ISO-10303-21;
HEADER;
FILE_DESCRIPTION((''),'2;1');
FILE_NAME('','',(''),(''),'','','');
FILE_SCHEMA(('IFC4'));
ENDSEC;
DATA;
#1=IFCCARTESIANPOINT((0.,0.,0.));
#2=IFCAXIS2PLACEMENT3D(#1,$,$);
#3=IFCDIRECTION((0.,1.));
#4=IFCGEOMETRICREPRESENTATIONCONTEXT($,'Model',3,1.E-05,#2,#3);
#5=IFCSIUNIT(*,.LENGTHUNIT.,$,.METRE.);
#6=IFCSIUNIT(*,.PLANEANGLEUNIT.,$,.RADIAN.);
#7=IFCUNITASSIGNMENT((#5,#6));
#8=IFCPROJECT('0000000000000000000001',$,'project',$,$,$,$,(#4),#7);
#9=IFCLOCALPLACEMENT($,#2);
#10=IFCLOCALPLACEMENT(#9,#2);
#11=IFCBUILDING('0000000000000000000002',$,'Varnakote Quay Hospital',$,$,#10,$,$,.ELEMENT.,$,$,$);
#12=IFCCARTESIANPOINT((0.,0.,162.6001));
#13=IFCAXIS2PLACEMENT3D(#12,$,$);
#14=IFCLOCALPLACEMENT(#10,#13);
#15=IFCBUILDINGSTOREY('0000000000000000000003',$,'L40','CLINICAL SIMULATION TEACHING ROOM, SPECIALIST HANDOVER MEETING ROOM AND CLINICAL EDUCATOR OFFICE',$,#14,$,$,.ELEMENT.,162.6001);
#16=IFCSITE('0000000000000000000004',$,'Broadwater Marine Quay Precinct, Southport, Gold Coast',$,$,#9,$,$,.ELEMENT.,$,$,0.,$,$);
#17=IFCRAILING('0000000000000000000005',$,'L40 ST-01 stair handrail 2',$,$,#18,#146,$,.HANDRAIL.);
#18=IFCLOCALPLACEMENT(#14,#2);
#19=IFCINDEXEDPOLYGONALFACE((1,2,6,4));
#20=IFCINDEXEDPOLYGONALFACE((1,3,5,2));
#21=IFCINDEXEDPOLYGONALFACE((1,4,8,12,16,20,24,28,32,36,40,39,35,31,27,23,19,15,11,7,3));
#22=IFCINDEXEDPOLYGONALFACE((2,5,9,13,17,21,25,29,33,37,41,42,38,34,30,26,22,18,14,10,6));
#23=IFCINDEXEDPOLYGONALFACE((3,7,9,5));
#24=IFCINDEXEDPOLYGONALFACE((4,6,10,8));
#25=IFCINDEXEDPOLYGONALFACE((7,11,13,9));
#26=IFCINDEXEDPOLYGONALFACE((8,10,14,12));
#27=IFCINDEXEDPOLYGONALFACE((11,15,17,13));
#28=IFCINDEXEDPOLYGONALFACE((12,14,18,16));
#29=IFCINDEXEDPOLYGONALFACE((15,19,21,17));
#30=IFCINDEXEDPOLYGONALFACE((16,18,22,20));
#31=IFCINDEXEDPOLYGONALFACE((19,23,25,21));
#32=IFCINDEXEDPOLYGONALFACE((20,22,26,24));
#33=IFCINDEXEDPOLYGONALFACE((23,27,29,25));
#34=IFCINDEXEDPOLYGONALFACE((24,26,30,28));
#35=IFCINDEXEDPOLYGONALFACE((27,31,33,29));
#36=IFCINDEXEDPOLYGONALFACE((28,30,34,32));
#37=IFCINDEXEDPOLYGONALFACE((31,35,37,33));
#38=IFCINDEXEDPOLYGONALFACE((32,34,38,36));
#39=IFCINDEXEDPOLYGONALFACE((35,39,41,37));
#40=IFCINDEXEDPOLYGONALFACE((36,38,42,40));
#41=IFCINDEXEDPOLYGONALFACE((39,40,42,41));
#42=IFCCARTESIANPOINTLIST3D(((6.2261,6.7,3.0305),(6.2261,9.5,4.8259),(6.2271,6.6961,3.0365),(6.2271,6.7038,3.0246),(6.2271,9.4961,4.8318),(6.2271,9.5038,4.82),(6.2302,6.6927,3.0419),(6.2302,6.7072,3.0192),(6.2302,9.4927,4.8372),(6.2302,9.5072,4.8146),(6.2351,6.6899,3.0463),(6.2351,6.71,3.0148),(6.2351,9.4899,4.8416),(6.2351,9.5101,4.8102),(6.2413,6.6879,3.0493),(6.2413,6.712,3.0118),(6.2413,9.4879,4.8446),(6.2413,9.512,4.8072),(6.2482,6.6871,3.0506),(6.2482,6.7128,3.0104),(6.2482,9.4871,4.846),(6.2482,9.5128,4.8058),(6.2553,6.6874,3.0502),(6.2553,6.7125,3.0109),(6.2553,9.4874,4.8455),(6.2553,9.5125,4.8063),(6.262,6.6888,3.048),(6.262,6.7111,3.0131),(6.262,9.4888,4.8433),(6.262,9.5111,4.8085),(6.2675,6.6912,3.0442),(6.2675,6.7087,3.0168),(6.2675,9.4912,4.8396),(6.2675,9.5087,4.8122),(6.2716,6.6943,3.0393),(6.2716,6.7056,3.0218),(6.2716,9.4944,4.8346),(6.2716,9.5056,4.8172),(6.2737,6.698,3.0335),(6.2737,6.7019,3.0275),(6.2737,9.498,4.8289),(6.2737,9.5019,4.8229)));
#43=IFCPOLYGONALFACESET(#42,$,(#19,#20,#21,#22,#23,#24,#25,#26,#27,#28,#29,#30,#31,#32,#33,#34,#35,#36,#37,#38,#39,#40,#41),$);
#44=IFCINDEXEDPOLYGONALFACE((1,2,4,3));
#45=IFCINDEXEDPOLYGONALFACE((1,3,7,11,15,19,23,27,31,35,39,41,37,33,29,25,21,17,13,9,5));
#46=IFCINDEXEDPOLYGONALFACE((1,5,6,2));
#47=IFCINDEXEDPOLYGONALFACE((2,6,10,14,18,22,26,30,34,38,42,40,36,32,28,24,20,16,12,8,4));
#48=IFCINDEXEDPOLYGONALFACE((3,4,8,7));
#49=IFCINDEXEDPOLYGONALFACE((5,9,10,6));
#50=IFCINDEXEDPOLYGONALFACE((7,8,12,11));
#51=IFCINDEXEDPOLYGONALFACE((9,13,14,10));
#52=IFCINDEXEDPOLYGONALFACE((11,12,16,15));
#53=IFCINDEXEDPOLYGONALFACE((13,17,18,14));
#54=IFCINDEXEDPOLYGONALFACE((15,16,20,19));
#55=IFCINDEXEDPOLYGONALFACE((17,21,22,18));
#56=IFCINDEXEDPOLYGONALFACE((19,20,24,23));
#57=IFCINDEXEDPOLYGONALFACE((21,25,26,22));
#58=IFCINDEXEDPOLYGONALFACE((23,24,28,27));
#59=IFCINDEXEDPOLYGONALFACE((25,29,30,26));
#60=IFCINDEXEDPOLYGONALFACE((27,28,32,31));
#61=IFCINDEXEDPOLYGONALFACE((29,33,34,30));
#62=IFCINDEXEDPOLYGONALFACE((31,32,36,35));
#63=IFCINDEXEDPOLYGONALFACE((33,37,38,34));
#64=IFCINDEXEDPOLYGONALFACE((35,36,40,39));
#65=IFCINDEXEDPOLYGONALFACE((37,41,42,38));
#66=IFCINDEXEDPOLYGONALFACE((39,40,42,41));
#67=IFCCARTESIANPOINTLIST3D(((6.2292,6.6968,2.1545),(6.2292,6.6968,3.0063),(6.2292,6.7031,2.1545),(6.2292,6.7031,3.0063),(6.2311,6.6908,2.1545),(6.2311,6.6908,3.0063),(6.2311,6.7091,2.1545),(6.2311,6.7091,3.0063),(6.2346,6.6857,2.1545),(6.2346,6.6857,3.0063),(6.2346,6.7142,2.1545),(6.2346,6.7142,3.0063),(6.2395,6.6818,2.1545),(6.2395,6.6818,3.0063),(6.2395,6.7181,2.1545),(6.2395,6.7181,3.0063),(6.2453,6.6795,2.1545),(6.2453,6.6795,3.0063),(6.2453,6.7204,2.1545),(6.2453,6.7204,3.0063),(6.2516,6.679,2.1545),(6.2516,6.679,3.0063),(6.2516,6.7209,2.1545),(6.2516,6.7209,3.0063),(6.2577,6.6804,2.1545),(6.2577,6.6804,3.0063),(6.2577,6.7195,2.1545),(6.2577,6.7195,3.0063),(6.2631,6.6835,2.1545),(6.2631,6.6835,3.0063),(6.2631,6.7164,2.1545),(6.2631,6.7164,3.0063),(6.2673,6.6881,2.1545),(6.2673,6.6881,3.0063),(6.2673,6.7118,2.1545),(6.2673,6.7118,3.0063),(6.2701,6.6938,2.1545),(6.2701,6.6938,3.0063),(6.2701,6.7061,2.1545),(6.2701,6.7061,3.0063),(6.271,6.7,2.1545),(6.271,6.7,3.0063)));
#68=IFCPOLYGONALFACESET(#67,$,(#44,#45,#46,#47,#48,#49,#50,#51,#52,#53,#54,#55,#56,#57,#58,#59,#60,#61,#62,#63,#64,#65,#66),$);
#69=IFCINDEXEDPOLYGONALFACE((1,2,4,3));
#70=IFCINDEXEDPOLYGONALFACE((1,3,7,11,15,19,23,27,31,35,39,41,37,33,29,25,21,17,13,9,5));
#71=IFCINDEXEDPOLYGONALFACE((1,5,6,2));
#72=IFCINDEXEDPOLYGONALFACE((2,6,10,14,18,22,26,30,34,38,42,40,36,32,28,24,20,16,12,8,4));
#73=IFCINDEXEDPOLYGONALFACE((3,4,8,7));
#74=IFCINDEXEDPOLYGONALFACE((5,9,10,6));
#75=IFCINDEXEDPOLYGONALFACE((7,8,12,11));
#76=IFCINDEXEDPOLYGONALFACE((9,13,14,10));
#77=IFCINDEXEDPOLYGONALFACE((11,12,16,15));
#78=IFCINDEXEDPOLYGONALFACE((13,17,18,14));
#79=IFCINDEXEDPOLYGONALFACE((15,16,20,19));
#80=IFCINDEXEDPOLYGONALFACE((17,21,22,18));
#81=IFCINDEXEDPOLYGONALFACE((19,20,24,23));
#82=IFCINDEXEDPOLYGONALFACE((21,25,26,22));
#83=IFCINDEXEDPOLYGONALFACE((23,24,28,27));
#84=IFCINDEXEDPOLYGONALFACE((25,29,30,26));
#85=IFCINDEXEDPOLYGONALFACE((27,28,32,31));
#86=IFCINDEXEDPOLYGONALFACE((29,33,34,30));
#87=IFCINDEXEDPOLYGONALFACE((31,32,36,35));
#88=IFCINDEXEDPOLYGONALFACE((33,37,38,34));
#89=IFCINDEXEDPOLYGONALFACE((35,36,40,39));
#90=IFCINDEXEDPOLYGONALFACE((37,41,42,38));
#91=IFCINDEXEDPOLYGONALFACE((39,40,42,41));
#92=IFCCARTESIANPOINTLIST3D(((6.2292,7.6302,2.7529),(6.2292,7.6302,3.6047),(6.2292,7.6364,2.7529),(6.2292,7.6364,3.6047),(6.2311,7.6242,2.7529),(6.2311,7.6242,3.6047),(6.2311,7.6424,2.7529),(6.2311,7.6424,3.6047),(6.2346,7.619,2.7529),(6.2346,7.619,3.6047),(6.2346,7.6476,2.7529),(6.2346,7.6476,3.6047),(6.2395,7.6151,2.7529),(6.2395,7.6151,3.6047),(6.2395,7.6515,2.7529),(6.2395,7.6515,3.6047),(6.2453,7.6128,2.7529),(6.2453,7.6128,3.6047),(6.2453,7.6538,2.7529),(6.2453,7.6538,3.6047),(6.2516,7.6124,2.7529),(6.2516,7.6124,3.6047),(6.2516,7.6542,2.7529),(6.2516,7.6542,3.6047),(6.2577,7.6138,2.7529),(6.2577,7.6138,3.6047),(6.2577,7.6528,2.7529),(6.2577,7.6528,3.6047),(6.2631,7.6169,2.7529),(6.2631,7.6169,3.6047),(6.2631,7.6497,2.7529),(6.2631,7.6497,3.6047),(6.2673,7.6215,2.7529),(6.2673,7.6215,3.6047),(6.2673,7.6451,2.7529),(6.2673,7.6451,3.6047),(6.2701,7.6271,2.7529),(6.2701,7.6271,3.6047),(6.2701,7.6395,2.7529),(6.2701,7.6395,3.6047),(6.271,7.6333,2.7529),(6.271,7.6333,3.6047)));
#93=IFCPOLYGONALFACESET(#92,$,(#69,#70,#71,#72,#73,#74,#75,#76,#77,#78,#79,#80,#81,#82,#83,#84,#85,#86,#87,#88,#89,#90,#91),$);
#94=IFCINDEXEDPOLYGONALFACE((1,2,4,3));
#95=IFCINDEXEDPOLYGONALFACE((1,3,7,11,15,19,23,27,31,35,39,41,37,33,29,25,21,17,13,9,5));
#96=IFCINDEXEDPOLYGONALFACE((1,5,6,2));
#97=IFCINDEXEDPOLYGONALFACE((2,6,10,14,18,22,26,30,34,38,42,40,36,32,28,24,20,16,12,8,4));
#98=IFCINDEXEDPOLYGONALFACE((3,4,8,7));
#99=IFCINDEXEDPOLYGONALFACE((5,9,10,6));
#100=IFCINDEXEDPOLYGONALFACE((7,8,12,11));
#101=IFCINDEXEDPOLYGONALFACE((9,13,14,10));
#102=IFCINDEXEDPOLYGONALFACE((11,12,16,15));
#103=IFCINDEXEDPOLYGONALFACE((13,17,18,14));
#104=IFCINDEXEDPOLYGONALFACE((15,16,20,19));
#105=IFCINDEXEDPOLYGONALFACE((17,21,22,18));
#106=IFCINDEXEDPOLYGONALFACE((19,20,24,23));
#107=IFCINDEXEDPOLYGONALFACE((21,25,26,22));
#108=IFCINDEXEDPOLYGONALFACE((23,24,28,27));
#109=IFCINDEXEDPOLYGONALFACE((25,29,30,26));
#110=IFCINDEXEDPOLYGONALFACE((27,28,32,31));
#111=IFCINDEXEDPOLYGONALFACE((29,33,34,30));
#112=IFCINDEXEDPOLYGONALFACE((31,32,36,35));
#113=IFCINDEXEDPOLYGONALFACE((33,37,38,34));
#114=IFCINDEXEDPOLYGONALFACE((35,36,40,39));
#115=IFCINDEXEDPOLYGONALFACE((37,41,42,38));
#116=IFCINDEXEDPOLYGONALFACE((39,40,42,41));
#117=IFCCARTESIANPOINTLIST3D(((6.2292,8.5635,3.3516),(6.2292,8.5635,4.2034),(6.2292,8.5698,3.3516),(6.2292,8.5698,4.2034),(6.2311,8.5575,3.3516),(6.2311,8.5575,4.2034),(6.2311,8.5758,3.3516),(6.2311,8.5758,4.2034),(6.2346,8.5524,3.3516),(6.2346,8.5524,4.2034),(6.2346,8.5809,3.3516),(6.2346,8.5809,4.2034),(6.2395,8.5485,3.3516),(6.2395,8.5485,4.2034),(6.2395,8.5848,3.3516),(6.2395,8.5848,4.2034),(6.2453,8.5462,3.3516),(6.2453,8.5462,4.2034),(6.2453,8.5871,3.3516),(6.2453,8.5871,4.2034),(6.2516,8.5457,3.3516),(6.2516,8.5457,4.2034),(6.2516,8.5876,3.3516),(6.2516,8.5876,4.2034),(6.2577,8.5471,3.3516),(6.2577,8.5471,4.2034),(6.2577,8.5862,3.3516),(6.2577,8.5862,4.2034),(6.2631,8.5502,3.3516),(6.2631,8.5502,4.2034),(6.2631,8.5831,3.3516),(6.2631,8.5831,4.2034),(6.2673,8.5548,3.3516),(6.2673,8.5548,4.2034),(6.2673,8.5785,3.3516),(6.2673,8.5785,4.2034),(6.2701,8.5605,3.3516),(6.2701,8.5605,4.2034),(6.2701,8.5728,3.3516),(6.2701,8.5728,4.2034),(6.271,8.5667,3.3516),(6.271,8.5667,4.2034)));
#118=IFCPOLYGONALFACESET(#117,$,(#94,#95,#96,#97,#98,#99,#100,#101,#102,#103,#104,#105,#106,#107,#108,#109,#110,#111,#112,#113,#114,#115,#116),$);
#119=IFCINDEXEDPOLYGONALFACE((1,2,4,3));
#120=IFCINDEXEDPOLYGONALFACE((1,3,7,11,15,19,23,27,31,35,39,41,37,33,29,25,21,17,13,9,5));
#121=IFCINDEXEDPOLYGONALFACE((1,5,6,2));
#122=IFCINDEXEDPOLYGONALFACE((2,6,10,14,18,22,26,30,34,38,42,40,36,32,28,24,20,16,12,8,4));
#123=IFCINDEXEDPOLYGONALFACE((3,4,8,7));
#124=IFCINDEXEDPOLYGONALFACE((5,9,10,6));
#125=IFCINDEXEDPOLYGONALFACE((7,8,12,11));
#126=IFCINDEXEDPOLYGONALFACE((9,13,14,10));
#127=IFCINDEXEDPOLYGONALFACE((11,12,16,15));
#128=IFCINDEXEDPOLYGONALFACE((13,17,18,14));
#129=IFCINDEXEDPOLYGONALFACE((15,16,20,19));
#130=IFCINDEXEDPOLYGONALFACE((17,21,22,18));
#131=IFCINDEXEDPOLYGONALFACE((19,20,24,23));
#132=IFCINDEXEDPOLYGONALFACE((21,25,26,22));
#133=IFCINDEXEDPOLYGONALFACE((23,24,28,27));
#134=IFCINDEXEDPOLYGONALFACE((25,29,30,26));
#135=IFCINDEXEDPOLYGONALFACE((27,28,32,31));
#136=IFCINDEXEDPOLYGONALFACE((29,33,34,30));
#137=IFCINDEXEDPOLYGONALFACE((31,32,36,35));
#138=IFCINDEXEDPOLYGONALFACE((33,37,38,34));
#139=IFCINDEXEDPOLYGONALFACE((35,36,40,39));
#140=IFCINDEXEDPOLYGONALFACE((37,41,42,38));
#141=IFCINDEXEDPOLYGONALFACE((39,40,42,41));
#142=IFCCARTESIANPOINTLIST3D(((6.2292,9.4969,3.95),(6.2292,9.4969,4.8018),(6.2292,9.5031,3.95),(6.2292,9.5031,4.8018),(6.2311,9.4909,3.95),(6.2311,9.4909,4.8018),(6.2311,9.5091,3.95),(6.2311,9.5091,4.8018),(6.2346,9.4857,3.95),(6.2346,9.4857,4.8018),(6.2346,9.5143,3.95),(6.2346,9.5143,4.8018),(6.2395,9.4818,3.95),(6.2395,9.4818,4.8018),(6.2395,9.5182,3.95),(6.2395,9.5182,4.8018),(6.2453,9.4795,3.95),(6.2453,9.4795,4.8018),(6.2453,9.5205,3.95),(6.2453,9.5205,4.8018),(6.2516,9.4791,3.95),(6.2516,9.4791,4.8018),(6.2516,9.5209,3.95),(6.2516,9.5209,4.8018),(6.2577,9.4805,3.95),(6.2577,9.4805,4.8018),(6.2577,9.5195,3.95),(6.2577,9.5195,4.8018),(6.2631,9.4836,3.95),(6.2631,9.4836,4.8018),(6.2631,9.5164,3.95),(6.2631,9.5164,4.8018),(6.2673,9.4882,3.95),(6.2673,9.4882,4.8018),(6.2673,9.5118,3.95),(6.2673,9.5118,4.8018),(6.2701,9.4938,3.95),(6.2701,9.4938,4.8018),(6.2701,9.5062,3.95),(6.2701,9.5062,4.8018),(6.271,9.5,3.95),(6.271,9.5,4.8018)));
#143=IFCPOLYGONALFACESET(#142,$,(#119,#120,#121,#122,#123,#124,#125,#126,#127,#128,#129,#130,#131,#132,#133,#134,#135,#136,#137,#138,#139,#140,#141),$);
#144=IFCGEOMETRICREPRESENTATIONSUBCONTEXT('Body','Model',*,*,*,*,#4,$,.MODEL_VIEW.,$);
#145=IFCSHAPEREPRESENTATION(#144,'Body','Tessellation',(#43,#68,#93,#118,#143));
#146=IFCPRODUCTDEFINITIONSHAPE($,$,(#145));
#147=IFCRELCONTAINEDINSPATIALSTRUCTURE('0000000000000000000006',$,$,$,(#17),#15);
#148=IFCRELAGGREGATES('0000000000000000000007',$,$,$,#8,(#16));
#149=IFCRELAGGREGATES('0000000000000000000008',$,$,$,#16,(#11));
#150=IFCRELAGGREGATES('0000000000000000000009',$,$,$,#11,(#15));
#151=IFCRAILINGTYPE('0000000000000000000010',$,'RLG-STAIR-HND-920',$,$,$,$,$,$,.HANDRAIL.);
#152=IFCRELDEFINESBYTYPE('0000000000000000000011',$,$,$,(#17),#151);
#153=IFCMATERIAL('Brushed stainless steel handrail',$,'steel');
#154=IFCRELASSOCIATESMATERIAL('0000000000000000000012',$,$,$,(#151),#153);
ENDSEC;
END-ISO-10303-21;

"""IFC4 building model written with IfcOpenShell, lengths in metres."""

from ifc_helpers import new_model, si_unit, direction, frame, origin, origin_2d, place, context, subcontext, project, spatial, circle, extrude, material, type_object, element, save


model = new_model("IFC4")

# Units and contexts
model_context = context("Model", 3, precision=1e-05, world=origin(), true_north=direction((0.0, 1.0)))
body_context = subcontext(model_context, "Body", "Model", "MODEL_VIEW")
ifc_project = project(units=[si_unit("LENGTHUNIT", "METRE"), si_unit("PLANEANGLEUNIT", "RADIAN")], contexts=[model_context])

# Site, building, storey
site_placement = place(None, origin())
site = spatial("IfcSite", under=ifc_project, at=site_placement, Name="Broadwater Marine Quay Precinct, Southport, Gold Coast", CompositionType="ELEMENT", RefElevation=0.0)
building_placement = place(site_placement, origin())
building = spatial("IfcBuilding", under=site, at=building_placement, Name="Varnakote Quay Hospital", CompositionType="ELEMENT")
storey_placement = place(building_placement, frame((0.0, 0.0, 162.6001)))
storey = spatial("IfcBuildingStorey", under=building, at=storey_placement, Name="L40", Description="CLINICAL SIMULATION TEACHING ROOM, SPECIALIST HANDOVER MEETING ROOM AND CLINICAL EDUCATOR OFFICE", CompositionType="ELEMENT", Elevation=162.6001)

# Railing
ifc_material_1 = material(Name="Brushed stainless steel handrail", Category="steel")
railing_type_1 = type_object("IfcRailingType", Name="RLG-STAIR-HND-920", PredefinedType="HANDRAIL", material=ifc_material_1)
railing_1_placement = place(storey_placement, frame((6.25, 6.7, 2.1545)))
element("IfcRailing", 1, at=railing_1_placement, inside=storey, type_object=railing_type_1, Name="L40 ST-01 stair handrail 2", PredefinedType="HANDRAIL", context=body_context, shape_type="SweptSolid", body=[
    extrude(circle(Radius=0.0239, at=origin_2d()), frame((0.0, 0.0, 0.876), z_axis=(0.0, 0.84181, 0.539774), x_axis=(-1.0, 0.0, 0.0)), (0.0, 0.0, 1.0), 3.3262),
    extrude(circle(Radius=0.021, at=origin_2d()), origin(), (0.0, 0.0, 1.0), 0.8518),
    extrude(circle(Radius=0.021, at=origin_2d()), frame((0.0, 0.9333, 0.5984)), (0.0, 0.0, 1.0), 0.8518),
    extrude(circle(Radius=0.021, at=origin_2d()), frame((0.0, 1.8667, 1.197)), (0.0, 0.0, 1.0), 0.8518),
    extrude(circle(Radius=0.021, at=origin_2d()), frame((0.0, 2.8, 1.7954)), (0.0, 0.0, 1.0), 0.8518),
])

save(model, "model.ifc")
